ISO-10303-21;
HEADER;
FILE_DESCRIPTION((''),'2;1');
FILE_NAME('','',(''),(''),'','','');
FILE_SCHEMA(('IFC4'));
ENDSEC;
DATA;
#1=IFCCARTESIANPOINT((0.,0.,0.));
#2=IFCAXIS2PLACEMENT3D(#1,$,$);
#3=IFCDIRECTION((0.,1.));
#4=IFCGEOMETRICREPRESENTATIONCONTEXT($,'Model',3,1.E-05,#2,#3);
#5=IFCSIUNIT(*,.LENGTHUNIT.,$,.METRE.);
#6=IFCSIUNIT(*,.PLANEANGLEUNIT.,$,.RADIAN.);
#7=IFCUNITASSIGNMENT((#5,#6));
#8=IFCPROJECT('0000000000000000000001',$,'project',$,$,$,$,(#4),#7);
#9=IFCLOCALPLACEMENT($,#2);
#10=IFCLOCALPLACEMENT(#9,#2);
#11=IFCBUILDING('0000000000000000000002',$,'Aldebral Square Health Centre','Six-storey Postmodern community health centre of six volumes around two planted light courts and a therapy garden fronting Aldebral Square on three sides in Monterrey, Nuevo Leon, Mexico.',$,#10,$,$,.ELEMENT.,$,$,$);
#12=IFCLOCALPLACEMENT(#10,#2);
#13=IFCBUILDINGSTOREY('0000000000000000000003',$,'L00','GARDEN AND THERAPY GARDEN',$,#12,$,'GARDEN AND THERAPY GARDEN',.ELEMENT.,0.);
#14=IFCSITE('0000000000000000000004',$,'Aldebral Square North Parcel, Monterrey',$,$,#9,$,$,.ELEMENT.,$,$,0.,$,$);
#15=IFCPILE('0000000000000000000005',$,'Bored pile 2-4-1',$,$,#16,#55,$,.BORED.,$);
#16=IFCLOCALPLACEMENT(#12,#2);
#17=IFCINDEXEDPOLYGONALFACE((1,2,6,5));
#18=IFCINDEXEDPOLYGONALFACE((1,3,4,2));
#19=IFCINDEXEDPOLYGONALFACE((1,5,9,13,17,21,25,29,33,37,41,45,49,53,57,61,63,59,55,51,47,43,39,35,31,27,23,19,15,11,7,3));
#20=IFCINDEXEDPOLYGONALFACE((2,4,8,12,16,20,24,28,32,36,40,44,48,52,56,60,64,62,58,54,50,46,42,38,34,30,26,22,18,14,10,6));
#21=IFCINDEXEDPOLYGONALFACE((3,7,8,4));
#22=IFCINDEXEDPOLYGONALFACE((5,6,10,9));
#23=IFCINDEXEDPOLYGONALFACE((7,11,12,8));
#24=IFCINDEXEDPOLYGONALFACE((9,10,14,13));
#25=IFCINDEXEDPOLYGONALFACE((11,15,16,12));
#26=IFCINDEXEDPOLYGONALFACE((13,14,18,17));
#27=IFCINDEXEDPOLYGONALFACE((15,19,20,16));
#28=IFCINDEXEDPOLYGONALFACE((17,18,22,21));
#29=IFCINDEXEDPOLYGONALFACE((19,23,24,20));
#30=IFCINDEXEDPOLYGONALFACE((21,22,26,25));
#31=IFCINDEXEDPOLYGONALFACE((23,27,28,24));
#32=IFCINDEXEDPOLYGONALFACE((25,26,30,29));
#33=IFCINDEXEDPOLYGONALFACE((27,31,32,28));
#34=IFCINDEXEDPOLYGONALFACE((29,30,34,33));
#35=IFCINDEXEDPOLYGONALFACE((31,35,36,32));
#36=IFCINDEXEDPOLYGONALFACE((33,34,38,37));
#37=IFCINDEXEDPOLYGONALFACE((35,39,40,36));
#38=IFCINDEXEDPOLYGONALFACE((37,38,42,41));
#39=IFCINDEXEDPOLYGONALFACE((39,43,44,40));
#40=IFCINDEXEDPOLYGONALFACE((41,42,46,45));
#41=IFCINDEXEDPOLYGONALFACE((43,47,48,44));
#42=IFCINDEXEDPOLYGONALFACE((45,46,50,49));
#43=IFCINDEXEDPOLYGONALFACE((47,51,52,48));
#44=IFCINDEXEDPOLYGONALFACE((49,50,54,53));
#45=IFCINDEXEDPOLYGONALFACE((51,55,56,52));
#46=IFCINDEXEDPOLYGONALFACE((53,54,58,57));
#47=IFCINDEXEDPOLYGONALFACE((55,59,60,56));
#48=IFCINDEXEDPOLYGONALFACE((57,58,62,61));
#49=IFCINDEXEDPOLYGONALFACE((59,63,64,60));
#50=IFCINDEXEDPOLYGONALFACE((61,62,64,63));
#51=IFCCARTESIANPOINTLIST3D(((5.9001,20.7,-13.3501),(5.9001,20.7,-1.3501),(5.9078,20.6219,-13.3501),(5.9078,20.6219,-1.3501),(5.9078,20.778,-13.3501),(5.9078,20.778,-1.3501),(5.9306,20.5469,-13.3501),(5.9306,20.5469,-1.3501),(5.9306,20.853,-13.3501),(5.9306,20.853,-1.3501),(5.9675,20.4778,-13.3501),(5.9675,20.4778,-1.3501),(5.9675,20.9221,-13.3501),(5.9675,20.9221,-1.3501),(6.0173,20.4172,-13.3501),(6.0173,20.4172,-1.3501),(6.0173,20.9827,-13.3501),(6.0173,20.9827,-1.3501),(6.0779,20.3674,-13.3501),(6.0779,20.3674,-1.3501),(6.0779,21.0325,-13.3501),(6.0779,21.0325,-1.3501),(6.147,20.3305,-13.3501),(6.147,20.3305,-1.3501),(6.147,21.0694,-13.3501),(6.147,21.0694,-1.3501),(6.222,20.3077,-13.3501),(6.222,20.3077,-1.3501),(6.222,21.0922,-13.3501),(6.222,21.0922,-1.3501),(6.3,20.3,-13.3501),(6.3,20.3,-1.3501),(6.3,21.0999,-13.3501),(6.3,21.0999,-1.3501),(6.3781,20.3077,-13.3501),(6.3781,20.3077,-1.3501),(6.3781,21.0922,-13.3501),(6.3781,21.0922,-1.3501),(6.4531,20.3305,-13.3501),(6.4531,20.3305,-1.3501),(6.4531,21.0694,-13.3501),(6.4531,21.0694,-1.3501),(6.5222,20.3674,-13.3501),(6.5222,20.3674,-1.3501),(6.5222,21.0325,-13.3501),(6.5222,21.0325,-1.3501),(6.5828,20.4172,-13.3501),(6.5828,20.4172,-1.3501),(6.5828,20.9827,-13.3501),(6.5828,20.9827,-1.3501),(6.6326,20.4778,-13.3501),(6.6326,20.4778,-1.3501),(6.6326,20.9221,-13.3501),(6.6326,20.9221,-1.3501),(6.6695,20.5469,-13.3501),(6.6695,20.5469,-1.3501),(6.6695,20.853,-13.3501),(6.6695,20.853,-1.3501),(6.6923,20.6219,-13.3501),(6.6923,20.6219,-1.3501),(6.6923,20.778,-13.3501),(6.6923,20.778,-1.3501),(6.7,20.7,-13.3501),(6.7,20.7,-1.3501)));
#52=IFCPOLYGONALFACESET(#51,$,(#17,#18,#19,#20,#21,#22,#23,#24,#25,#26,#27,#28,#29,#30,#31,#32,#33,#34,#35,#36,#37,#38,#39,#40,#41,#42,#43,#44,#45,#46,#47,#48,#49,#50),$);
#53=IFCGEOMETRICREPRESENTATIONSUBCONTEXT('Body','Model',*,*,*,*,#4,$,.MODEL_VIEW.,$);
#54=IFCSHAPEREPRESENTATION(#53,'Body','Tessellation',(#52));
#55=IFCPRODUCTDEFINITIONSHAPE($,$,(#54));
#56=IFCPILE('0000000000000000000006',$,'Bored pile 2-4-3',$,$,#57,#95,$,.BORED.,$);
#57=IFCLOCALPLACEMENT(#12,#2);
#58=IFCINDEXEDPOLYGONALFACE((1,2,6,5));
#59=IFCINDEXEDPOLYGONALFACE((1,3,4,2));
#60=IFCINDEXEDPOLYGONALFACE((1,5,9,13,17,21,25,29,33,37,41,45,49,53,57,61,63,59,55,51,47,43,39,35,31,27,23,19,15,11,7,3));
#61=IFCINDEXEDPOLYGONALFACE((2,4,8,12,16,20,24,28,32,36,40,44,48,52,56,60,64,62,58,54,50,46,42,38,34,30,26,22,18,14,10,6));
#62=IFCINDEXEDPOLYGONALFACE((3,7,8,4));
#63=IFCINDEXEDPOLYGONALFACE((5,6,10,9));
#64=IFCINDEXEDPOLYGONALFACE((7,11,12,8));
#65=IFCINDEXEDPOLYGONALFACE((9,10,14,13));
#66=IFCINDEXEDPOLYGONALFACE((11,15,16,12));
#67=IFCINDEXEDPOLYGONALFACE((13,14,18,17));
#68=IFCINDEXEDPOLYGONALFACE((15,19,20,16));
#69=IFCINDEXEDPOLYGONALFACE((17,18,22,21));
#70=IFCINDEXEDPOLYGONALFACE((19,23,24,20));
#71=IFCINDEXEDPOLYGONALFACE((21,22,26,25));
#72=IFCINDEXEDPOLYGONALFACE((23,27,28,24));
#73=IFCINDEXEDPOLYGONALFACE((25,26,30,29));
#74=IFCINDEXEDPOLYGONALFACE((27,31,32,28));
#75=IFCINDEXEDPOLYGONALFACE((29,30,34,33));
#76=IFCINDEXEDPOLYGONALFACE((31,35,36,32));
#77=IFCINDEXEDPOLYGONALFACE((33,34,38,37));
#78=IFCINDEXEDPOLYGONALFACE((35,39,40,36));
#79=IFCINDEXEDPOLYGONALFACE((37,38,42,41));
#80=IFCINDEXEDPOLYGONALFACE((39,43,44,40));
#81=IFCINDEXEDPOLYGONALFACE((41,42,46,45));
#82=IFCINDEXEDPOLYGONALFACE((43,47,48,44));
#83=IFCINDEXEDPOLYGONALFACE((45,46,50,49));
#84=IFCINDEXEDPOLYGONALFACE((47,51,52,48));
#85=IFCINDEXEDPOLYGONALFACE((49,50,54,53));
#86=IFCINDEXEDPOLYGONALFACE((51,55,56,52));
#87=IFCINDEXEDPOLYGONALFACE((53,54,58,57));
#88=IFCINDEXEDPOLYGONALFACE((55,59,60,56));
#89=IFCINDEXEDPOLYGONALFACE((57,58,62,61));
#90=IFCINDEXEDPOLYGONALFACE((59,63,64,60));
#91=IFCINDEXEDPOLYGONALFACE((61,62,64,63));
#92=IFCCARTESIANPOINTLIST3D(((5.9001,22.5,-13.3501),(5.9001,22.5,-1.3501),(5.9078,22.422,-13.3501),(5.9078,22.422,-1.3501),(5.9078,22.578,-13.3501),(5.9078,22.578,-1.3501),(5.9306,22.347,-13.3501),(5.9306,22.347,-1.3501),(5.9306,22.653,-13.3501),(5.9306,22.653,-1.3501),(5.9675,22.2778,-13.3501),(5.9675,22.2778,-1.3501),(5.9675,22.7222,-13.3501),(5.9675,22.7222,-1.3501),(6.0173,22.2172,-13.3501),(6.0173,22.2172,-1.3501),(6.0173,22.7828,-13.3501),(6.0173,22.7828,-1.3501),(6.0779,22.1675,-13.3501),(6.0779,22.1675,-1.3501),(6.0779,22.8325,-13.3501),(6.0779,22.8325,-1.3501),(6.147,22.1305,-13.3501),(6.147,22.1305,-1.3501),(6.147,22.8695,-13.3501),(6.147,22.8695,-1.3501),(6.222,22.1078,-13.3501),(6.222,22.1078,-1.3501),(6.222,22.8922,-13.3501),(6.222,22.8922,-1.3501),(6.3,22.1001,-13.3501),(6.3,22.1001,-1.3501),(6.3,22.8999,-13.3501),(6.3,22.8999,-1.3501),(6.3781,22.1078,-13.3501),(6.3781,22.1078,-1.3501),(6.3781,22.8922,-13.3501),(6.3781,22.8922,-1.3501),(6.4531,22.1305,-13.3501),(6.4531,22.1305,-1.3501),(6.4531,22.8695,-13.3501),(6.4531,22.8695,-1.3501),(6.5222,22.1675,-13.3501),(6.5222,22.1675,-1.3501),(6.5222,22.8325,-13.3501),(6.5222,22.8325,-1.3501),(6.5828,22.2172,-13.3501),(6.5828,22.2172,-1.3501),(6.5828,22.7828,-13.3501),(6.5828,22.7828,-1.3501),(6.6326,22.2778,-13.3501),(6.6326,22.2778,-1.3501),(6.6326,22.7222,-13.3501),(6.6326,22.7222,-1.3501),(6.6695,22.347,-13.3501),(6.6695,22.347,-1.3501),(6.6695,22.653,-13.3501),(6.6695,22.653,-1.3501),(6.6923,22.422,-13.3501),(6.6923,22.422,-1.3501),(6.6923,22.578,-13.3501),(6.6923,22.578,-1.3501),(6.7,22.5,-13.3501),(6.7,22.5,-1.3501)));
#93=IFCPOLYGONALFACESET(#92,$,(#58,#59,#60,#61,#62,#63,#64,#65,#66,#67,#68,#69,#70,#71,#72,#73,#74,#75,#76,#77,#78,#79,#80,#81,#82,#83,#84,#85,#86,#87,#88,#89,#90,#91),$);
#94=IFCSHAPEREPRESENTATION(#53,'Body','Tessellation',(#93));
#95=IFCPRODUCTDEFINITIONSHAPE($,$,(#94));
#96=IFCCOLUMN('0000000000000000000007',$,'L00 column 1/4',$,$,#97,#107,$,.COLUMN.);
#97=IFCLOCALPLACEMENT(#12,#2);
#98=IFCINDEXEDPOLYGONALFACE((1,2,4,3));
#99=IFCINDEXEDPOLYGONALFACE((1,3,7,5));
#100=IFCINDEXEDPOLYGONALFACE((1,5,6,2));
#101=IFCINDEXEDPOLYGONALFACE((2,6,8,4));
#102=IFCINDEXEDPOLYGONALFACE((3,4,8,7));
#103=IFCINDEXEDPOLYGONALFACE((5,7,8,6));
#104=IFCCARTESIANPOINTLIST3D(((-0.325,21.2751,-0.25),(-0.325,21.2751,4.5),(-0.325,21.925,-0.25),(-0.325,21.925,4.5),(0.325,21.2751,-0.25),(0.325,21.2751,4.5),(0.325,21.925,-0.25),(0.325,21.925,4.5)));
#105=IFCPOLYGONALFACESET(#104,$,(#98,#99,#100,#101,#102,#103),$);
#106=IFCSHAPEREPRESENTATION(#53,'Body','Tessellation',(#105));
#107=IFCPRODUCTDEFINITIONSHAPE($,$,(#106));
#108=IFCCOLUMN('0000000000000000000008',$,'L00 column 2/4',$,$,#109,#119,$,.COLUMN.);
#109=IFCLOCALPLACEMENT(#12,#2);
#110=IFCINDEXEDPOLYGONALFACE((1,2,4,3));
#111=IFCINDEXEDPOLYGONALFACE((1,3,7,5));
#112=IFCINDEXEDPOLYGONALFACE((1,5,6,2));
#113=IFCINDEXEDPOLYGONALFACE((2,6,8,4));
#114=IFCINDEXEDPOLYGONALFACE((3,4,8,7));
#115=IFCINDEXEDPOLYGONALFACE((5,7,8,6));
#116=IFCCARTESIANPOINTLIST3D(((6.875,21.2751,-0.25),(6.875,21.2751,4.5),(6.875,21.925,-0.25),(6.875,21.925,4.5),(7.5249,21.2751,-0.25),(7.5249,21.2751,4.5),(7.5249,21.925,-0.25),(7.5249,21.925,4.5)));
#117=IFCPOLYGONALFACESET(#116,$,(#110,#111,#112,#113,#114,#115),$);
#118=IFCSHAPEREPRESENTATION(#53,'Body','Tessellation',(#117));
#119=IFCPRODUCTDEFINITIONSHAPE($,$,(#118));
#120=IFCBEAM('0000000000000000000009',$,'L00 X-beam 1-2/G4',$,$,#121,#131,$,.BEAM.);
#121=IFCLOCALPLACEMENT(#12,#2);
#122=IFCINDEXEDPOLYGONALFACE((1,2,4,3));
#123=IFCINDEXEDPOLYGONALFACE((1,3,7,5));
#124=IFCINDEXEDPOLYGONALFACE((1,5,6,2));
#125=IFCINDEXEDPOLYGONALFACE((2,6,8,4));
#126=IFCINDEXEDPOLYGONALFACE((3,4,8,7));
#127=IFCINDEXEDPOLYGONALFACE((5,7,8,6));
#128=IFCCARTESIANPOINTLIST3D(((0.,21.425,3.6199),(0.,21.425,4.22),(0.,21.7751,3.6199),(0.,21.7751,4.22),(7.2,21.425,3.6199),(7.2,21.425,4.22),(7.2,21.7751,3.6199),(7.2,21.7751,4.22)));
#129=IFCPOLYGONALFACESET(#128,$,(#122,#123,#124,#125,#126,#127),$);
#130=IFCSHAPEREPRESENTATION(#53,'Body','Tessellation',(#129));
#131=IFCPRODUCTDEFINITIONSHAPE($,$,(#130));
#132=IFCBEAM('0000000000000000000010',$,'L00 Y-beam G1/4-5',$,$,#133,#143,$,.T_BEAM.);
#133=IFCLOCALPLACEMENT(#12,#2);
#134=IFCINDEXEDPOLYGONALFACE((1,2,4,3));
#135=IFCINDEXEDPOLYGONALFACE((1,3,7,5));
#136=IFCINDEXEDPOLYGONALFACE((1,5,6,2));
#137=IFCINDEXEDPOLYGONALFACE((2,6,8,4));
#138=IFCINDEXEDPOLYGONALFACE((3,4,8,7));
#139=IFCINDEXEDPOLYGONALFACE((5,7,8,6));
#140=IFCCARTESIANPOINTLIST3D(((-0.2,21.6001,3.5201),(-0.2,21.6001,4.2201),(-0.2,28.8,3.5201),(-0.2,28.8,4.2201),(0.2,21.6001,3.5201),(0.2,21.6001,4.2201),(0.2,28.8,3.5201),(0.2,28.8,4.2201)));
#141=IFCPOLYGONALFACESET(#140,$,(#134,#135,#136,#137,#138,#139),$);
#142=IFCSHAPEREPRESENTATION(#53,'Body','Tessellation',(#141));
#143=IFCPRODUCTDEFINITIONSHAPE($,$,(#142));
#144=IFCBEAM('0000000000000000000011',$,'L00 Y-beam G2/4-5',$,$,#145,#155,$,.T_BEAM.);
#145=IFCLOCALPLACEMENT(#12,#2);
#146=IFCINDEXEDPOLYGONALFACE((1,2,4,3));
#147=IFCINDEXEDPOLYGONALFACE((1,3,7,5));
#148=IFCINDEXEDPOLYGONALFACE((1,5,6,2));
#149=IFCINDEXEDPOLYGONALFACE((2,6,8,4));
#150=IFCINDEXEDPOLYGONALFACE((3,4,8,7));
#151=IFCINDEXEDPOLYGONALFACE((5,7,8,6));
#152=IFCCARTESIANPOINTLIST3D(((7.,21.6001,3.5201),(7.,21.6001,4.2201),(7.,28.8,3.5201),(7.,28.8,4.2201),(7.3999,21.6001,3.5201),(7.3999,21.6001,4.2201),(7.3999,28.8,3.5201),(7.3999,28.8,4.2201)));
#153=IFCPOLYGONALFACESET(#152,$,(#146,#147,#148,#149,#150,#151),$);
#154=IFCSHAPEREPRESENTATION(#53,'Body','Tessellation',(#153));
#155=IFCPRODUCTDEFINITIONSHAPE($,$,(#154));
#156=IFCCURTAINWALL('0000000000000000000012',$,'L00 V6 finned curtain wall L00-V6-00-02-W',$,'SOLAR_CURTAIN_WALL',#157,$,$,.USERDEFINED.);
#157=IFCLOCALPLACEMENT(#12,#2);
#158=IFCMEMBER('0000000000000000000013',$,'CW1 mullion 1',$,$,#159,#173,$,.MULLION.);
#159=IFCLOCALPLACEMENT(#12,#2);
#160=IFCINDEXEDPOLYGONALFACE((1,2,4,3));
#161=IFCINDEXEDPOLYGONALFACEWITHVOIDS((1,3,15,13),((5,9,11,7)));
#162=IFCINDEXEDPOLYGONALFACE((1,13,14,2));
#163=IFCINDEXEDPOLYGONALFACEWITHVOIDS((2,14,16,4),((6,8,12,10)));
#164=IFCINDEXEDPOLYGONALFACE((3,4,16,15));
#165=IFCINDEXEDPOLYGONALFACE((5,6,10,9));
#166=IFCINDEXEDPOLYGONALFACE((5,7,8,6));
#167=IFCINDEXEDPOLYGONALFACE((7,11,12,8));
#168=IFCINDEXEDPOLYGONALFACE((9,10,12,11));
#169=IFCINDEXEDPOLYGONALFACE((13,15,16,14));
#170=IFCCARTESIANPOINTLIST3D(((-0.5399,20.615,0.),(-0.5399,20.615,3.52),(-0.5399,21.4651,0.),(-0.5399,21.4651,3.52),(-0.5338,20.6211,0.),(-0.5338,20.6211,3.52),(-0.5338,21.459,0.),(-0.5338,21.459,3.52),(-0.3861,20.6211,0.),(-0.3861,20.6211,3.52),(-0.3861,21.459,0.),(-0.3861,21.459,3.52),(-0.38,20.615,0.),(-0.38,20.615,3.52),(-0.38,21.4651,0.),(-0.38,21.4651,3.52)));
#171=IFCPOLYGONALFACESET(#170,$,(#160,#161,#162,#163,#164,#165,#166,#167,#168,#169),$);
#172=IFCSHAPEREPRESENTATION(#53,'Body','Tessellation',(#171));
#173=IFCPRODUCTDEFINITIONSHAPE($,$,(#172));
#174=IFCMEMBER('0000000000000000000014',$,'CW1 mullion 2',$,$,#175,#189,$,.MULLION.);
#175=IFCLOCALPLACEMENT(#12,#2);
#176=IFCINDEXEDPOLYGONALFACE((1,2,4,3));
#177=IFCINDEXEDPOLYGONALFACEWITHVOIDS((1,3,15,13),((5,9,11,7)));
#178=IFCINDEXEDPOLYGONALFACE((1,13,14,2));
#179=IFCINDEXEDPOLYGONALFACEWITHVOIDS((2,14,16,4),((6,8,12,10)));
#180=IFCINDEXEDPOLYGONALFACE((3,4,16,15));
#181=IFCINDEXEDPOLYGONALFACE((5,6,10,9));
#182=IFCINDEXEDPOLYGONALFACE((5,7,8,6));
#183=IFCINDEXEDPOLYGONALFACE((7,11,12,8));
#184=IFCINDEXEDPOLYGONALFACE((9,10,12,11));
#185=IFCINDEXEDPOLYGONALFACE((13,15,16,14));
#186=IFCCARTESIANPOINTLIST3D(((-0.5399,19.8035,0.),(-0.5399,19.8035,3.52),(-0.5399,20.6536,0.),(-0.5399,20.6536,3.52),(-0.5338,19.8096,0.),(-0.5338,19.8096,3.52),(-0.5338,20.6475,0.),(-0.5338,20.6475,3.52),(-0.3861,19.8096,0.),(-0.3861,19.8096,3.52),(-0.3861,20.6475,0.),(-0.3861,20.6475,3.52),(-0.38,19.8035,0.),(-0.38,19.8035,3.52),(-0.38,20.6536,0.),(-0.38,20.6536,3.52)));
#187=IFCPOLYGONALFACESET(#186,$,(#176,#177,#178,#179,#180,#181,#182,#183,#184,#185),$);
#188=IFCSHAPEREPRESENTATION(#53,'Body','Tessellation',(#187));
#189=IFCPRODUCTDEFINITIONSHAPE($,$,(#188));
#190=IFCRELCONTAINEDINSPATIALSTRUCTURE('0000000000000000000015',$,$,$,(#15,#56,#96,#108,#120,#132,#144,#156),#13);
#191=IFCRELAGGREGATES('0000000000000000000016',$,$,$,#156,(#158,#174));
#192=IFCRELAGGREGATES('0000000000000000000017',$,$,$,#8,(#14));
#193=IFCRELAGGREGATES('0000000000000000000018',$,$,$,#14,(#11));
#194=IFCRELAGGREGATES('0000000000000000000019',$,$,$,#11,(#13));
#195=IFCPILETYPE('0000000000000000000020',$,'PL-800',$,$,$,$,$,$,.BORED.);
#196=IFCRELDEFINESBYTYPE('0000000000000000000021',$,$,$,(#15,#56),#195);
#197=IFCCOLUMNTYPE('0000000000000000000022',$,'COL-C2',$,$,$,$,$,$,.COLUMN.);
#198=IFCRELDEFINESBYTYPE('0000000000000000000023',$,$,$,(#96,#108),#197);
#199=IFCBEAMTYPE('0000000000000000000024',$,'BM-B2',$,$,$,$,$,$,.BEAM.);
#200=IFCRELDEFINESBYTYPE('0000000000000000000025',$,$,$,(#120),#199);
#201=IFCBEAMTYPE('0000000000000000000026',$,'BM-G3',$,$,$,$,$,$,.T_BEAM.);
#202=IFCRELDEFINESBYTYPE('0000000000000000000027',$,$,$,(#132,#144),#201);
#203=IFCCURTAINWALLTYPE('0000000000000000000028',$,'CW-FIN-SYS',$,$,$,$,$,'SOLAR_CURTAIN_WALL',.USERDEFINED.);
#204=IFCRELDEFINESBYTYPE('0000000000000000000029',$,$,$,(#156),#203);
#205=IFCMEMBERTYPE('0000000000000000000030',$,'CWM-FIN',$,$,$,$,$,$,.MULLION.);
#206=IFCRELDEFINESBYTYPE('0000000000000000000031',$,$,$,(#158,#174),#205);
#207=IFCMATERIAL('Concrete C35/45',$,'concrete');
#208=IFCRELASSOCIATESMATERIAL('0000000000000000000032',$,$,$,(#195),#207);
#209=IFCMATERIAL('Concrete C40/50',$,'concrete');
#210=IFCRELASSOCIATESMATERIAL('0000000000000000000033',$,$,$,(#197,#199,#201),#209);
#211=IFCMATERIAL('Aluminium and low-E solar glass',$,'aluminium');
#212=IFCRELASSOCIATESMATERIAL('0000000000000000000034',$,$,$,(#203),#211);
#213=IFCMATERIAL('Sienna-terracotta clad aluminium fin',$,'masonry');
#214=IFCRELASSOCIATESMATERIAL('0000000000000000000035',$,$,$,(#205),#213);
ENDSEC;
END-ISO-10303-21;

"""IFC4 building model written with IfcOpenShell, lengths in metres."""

from ifc_helpers import new_model, si_unit, direction, frame, origin, origin_2d, place, context, subcontext, project, spatial, rectangle, hollow_rectangle, circle, extrude, material, material_profile, profile_set, type_object, element, aggregate, save


model = new_model("IFC4")

# Units and contexts
model_context = context("Model", 3, precision=1e-05, world=origin(), true_north=direction((0.0, 1.0)))
body_context = subcontext(model_context, "Body", "Model", "MODEL_VIEW")
ifc_project = project(units=[si_unit("LENGTHUNIT", "METRE"), si_unit("PLANEANGLEUNIT", "RADIAN")], contexts=[model_context])

# Site, building, storey
site_placement = place(None, origin())
site = spatial("IfcSite", under=ifc_project, at=site_placement, Name="Aldebral Square North Parcel, Monterrey", CompositionType="ELEMENT", RefElevation=0.0)
building_placement = place(site_placement, origin())
building = spatial("IfcBuilding", under=site, at=building_placement, Name="Aldebral Square Health Centre", Description="Six-storey Postmodern community health centre of six volumes around two planted light courts and a therapy garden fronting Aldebral Square on three sides in Monterrey, Nuevo Leon, Mexico.", CompositionType="ELEMENT")
storey_placement = place(building_placement, origin())
storey = spatial("IfcBuildingStorey", under=building, at=storey_placement, Name="L00", Description="GARDEN AND THERAPY GARDEN", LongName="GARDEN AND THERAPY GARDEN", CompositionType="ELEMENT", Elevation=0.0)

# Shared definitions
ifc_material_1 = material(Name="Concrete C35/45", Category="concrete")

# Piles
ifc_material_profile_1 = material_profile(ifc_material_1, circle(Radius=0.3999, at=origin_2d()), Name="PILE D800")
ifc_profile_set_1 = profile_set([ifc_material_profile_1], Name="Concrete C35/45")
pile_type_1 = type_object("IfcPileType", Name="PL-800", PredefinedType="BORED", material=ifc_profile_set_1)
for number, where, z_axis, x_axis, name in (
    (1, (6.3, 20.7, -1.3501), (0.0, 0.0, -1.0), (1.0, 0.0, 0.0), "Bored pile 2-4-1"),
    (2, (6.3, 22.5, -1.3501), (0.0, 0.0, -1.0), (1.0, 0.0, 0.0), "Bored pile 2-4-3"),
):
    element("IfcPile", number, at=place(storey_placement, frame(where, z_axis=z_axis, x_axis=x_axis)), inside=storey, type_object=pile_type_1, Name=name, PredefinedType="BORED", context=body_context, shape_type="SweptSolid", body=[
        extrude(circle(Radius=0.3999, at=origin_2d()), origin(), (0.0, 0.0, 1.0), 12.0),
    ])

# Columns
ifc_material_2 = material(Name="Concrete C40/50", Category="concrete")
ifc_material_profile_2 = material_profile(ifc_material_2, rectangle(XDim=0.6499, YDim=0.6499, at=origin_2d()), Name="RC 650x650")
ifc_profile_set_2 = profile_set([ifc_material_profile_2], Name="Concrete C40/50")
column_type = type_object("IfcColumnType", Name="COL-C2", PredefinedType="COLUMN", material=ifc_profile_set_2)
for number, where, z_axis, x_axis, name in (
    (3, (0.0, 21.6001, -0.25), (0.0, 0.0, 1.0), (1.0, 0.0, 0.0), "L00 column 1/4"),
    (4, (7.2, 21.6001, -0.25), (0.0, 0.0, 1.0), (1.0, 0.0, 0.0), "L00 column 2/4"),
):
    element("IfcColumn", number, at=place(storey_placement, frame(where, z_axis=z_axis, x_axis=x_axis)), inside=storey, type_object=column_type, Name=name, PredefinedType="COLUMN", context=body_context, shape_type="SweptSolid", body=[
        extrude(rectangle(XDim=0.6499, YDim=0.6499, at=origin_2d()), origin(), (0.0, 0.0, 1.0), 4.75),
    ])

# Beams
ifc_material_profile_3 = material_profile(ifc_material_2, rectangle(XDim=0.3501, YDim=0.6001, at=origin_2d()), Name="RC 350x600")
ifc_profile_set_3 = profile_set([ifc_material_profile_3], Name="Concrete C40/50")
beam_type_1 = type_object("IfcBeamType", Name="BM-B2", PredefinedType="BEAM", material=ifc_profile_set_3)
beam_placement = place(storey_placement, frame((0.0, 21.6001, 3.9199), z_axis=(1.0, 0.0, 0.0), x_axis=(0.0, 1.0, 0.0)))
element("IfcBeam", 5, at=beam_placement, inside=storey, type_object=beam_type_1, Name="L00 X-beam 1-2/G4", PredefinedType="BEAM", context=body_context, shape_type="SweptSolid", body=[
    extrude(rectangle(XDim=0.3501, YDim=0.6001, at=origin_2d()), origin(), (0.0, 0.0, 1.0), 7.2),
])
ifc_material_profile_4 = material_profile(ifc_material_2, rectangle(XDim=0.3999, YDim=0.7, at=origin_2d()), Name="RC 400x700")
ifc_profile_set_4 = profile_set([ifc_material_profile_4], Name="Concrete C40/50")
beam_type_2 = type_object("IfcBeamType", Name="BM-G3", PredefinedType="T_BEAM", material=ifc_profile_set_4)
for number, where, z_axis, x_axis, name in (
    (6, (0.0, 21.6001, 3.8701), (0.0, 1.0, 0.0), (-1.0, 0.0, 0.0), "L00 Y-beam G1/4-5"),
    (7, (7.2, 21.6001, 3.8701), (0.0, 1.0, 0.0), (-1.0, 0.0, 0.0), "L00 Y-beam G2/4-5"),
):
    element("IfcBeam", number, at=place(storey_placement, frame(where, z_axis=z_axis, x_axis=x_axis)), inside=storey, type_object=beam_type_2, Name=name, PredefinedType="T_BEAM", context=body_context, shape_type="SweptSolid", body=[
        extrude(rectangle(XDim=0.3999, YDim=0.7, at=origin_2d()), origin(), (0.0, 0.0, 1.0), 7.2),
    ])

# Curtain wall, members
ifc_material_3 = material(Name="Aluminium and low-E solar glass", Category="aluminium")
curtain_wall_type = type_object("IfcCurtainWallType", Name="CW-FIN-SYS", ElementType="SOLAR_CURTAIN_WALL", PredefinedType="USERDEFINED", material=ifc_material_3)
curtain_wall_placement = place(storey_placement, origin())
curtain_wall = element("IfcCurtainWall", 8, at=curtain_wall_placement, inside=storey, type_object=curtain_wall_type, Name="L00 V6 finned curtain wall L00-V6-00-02-W", ObjectType="SOLAR_CURTAIN_WALL", PredefinedType="USERDEFINED")
ifc_material_4 = material(Name="Sienna-terracotta clad aluminium fin", Category="masonry")
ifc_material_profile_5 = material_profile(ifc_material_4, hollow_rectangle(XDim=0.1599, YDim=0.8501, WallThickness=0.0061, at=origin_2d()), Name="FIN 160x850x6")
ifc_profile_set_5 = profile_set([ifc_material_profile_5], Name="Sienna-terracotta clad aluminium fin")
member_type_1 = type_object("IfcMemberType", Name="CWM-FIN", PredefinedType="MULLION", material=ifc_profile_set_5)
member_1_placement = place(storey_placement, frame((-0.46, 21.04, 0.0), z_axis=(0.0, 0.0, 1.0), x_axis=(1.0, 0.0, 0.0)))
member_1 = element("IfcMember", 9, at=member_1_placement, type_object=member_type_1, Name="CW1 mullion 1", PredefinedType="MULLION", context=body_context, shape_type="SweptSolid", body=[
    extrude(hollow_rectangle(XDim=0.1599, YDim=0.8501, WallThickness=0.0061, at=origin_2d()), origin(), (0.0, 0.0, 1.0), 3.52),
])
member_2_placement = place(storey_placement, frame((-0.46, 20.2285, 0.0), z_axis=(0.0, 0.0, 1.0), x_axis=(1.0, 0.0, 0.0)))
member_2 = element("IfcMember", 10, at=member_2_placement, type_object=member_type_1, Name="CW1 mullion 2", PredefinedType="MULLION", context=body_context, shape_type="SweptSolid", body=[
    extrude(hollow_rectangle(XDim=0.1599, YDim=0.8501, WallThickness=0.0061, at=origin_2d()), origin(), (0.0, 0.0, 1.0), 3.52),
])
aggregate(curtain_wall, [member_1, member_2])

save(model, "model.ifc")
